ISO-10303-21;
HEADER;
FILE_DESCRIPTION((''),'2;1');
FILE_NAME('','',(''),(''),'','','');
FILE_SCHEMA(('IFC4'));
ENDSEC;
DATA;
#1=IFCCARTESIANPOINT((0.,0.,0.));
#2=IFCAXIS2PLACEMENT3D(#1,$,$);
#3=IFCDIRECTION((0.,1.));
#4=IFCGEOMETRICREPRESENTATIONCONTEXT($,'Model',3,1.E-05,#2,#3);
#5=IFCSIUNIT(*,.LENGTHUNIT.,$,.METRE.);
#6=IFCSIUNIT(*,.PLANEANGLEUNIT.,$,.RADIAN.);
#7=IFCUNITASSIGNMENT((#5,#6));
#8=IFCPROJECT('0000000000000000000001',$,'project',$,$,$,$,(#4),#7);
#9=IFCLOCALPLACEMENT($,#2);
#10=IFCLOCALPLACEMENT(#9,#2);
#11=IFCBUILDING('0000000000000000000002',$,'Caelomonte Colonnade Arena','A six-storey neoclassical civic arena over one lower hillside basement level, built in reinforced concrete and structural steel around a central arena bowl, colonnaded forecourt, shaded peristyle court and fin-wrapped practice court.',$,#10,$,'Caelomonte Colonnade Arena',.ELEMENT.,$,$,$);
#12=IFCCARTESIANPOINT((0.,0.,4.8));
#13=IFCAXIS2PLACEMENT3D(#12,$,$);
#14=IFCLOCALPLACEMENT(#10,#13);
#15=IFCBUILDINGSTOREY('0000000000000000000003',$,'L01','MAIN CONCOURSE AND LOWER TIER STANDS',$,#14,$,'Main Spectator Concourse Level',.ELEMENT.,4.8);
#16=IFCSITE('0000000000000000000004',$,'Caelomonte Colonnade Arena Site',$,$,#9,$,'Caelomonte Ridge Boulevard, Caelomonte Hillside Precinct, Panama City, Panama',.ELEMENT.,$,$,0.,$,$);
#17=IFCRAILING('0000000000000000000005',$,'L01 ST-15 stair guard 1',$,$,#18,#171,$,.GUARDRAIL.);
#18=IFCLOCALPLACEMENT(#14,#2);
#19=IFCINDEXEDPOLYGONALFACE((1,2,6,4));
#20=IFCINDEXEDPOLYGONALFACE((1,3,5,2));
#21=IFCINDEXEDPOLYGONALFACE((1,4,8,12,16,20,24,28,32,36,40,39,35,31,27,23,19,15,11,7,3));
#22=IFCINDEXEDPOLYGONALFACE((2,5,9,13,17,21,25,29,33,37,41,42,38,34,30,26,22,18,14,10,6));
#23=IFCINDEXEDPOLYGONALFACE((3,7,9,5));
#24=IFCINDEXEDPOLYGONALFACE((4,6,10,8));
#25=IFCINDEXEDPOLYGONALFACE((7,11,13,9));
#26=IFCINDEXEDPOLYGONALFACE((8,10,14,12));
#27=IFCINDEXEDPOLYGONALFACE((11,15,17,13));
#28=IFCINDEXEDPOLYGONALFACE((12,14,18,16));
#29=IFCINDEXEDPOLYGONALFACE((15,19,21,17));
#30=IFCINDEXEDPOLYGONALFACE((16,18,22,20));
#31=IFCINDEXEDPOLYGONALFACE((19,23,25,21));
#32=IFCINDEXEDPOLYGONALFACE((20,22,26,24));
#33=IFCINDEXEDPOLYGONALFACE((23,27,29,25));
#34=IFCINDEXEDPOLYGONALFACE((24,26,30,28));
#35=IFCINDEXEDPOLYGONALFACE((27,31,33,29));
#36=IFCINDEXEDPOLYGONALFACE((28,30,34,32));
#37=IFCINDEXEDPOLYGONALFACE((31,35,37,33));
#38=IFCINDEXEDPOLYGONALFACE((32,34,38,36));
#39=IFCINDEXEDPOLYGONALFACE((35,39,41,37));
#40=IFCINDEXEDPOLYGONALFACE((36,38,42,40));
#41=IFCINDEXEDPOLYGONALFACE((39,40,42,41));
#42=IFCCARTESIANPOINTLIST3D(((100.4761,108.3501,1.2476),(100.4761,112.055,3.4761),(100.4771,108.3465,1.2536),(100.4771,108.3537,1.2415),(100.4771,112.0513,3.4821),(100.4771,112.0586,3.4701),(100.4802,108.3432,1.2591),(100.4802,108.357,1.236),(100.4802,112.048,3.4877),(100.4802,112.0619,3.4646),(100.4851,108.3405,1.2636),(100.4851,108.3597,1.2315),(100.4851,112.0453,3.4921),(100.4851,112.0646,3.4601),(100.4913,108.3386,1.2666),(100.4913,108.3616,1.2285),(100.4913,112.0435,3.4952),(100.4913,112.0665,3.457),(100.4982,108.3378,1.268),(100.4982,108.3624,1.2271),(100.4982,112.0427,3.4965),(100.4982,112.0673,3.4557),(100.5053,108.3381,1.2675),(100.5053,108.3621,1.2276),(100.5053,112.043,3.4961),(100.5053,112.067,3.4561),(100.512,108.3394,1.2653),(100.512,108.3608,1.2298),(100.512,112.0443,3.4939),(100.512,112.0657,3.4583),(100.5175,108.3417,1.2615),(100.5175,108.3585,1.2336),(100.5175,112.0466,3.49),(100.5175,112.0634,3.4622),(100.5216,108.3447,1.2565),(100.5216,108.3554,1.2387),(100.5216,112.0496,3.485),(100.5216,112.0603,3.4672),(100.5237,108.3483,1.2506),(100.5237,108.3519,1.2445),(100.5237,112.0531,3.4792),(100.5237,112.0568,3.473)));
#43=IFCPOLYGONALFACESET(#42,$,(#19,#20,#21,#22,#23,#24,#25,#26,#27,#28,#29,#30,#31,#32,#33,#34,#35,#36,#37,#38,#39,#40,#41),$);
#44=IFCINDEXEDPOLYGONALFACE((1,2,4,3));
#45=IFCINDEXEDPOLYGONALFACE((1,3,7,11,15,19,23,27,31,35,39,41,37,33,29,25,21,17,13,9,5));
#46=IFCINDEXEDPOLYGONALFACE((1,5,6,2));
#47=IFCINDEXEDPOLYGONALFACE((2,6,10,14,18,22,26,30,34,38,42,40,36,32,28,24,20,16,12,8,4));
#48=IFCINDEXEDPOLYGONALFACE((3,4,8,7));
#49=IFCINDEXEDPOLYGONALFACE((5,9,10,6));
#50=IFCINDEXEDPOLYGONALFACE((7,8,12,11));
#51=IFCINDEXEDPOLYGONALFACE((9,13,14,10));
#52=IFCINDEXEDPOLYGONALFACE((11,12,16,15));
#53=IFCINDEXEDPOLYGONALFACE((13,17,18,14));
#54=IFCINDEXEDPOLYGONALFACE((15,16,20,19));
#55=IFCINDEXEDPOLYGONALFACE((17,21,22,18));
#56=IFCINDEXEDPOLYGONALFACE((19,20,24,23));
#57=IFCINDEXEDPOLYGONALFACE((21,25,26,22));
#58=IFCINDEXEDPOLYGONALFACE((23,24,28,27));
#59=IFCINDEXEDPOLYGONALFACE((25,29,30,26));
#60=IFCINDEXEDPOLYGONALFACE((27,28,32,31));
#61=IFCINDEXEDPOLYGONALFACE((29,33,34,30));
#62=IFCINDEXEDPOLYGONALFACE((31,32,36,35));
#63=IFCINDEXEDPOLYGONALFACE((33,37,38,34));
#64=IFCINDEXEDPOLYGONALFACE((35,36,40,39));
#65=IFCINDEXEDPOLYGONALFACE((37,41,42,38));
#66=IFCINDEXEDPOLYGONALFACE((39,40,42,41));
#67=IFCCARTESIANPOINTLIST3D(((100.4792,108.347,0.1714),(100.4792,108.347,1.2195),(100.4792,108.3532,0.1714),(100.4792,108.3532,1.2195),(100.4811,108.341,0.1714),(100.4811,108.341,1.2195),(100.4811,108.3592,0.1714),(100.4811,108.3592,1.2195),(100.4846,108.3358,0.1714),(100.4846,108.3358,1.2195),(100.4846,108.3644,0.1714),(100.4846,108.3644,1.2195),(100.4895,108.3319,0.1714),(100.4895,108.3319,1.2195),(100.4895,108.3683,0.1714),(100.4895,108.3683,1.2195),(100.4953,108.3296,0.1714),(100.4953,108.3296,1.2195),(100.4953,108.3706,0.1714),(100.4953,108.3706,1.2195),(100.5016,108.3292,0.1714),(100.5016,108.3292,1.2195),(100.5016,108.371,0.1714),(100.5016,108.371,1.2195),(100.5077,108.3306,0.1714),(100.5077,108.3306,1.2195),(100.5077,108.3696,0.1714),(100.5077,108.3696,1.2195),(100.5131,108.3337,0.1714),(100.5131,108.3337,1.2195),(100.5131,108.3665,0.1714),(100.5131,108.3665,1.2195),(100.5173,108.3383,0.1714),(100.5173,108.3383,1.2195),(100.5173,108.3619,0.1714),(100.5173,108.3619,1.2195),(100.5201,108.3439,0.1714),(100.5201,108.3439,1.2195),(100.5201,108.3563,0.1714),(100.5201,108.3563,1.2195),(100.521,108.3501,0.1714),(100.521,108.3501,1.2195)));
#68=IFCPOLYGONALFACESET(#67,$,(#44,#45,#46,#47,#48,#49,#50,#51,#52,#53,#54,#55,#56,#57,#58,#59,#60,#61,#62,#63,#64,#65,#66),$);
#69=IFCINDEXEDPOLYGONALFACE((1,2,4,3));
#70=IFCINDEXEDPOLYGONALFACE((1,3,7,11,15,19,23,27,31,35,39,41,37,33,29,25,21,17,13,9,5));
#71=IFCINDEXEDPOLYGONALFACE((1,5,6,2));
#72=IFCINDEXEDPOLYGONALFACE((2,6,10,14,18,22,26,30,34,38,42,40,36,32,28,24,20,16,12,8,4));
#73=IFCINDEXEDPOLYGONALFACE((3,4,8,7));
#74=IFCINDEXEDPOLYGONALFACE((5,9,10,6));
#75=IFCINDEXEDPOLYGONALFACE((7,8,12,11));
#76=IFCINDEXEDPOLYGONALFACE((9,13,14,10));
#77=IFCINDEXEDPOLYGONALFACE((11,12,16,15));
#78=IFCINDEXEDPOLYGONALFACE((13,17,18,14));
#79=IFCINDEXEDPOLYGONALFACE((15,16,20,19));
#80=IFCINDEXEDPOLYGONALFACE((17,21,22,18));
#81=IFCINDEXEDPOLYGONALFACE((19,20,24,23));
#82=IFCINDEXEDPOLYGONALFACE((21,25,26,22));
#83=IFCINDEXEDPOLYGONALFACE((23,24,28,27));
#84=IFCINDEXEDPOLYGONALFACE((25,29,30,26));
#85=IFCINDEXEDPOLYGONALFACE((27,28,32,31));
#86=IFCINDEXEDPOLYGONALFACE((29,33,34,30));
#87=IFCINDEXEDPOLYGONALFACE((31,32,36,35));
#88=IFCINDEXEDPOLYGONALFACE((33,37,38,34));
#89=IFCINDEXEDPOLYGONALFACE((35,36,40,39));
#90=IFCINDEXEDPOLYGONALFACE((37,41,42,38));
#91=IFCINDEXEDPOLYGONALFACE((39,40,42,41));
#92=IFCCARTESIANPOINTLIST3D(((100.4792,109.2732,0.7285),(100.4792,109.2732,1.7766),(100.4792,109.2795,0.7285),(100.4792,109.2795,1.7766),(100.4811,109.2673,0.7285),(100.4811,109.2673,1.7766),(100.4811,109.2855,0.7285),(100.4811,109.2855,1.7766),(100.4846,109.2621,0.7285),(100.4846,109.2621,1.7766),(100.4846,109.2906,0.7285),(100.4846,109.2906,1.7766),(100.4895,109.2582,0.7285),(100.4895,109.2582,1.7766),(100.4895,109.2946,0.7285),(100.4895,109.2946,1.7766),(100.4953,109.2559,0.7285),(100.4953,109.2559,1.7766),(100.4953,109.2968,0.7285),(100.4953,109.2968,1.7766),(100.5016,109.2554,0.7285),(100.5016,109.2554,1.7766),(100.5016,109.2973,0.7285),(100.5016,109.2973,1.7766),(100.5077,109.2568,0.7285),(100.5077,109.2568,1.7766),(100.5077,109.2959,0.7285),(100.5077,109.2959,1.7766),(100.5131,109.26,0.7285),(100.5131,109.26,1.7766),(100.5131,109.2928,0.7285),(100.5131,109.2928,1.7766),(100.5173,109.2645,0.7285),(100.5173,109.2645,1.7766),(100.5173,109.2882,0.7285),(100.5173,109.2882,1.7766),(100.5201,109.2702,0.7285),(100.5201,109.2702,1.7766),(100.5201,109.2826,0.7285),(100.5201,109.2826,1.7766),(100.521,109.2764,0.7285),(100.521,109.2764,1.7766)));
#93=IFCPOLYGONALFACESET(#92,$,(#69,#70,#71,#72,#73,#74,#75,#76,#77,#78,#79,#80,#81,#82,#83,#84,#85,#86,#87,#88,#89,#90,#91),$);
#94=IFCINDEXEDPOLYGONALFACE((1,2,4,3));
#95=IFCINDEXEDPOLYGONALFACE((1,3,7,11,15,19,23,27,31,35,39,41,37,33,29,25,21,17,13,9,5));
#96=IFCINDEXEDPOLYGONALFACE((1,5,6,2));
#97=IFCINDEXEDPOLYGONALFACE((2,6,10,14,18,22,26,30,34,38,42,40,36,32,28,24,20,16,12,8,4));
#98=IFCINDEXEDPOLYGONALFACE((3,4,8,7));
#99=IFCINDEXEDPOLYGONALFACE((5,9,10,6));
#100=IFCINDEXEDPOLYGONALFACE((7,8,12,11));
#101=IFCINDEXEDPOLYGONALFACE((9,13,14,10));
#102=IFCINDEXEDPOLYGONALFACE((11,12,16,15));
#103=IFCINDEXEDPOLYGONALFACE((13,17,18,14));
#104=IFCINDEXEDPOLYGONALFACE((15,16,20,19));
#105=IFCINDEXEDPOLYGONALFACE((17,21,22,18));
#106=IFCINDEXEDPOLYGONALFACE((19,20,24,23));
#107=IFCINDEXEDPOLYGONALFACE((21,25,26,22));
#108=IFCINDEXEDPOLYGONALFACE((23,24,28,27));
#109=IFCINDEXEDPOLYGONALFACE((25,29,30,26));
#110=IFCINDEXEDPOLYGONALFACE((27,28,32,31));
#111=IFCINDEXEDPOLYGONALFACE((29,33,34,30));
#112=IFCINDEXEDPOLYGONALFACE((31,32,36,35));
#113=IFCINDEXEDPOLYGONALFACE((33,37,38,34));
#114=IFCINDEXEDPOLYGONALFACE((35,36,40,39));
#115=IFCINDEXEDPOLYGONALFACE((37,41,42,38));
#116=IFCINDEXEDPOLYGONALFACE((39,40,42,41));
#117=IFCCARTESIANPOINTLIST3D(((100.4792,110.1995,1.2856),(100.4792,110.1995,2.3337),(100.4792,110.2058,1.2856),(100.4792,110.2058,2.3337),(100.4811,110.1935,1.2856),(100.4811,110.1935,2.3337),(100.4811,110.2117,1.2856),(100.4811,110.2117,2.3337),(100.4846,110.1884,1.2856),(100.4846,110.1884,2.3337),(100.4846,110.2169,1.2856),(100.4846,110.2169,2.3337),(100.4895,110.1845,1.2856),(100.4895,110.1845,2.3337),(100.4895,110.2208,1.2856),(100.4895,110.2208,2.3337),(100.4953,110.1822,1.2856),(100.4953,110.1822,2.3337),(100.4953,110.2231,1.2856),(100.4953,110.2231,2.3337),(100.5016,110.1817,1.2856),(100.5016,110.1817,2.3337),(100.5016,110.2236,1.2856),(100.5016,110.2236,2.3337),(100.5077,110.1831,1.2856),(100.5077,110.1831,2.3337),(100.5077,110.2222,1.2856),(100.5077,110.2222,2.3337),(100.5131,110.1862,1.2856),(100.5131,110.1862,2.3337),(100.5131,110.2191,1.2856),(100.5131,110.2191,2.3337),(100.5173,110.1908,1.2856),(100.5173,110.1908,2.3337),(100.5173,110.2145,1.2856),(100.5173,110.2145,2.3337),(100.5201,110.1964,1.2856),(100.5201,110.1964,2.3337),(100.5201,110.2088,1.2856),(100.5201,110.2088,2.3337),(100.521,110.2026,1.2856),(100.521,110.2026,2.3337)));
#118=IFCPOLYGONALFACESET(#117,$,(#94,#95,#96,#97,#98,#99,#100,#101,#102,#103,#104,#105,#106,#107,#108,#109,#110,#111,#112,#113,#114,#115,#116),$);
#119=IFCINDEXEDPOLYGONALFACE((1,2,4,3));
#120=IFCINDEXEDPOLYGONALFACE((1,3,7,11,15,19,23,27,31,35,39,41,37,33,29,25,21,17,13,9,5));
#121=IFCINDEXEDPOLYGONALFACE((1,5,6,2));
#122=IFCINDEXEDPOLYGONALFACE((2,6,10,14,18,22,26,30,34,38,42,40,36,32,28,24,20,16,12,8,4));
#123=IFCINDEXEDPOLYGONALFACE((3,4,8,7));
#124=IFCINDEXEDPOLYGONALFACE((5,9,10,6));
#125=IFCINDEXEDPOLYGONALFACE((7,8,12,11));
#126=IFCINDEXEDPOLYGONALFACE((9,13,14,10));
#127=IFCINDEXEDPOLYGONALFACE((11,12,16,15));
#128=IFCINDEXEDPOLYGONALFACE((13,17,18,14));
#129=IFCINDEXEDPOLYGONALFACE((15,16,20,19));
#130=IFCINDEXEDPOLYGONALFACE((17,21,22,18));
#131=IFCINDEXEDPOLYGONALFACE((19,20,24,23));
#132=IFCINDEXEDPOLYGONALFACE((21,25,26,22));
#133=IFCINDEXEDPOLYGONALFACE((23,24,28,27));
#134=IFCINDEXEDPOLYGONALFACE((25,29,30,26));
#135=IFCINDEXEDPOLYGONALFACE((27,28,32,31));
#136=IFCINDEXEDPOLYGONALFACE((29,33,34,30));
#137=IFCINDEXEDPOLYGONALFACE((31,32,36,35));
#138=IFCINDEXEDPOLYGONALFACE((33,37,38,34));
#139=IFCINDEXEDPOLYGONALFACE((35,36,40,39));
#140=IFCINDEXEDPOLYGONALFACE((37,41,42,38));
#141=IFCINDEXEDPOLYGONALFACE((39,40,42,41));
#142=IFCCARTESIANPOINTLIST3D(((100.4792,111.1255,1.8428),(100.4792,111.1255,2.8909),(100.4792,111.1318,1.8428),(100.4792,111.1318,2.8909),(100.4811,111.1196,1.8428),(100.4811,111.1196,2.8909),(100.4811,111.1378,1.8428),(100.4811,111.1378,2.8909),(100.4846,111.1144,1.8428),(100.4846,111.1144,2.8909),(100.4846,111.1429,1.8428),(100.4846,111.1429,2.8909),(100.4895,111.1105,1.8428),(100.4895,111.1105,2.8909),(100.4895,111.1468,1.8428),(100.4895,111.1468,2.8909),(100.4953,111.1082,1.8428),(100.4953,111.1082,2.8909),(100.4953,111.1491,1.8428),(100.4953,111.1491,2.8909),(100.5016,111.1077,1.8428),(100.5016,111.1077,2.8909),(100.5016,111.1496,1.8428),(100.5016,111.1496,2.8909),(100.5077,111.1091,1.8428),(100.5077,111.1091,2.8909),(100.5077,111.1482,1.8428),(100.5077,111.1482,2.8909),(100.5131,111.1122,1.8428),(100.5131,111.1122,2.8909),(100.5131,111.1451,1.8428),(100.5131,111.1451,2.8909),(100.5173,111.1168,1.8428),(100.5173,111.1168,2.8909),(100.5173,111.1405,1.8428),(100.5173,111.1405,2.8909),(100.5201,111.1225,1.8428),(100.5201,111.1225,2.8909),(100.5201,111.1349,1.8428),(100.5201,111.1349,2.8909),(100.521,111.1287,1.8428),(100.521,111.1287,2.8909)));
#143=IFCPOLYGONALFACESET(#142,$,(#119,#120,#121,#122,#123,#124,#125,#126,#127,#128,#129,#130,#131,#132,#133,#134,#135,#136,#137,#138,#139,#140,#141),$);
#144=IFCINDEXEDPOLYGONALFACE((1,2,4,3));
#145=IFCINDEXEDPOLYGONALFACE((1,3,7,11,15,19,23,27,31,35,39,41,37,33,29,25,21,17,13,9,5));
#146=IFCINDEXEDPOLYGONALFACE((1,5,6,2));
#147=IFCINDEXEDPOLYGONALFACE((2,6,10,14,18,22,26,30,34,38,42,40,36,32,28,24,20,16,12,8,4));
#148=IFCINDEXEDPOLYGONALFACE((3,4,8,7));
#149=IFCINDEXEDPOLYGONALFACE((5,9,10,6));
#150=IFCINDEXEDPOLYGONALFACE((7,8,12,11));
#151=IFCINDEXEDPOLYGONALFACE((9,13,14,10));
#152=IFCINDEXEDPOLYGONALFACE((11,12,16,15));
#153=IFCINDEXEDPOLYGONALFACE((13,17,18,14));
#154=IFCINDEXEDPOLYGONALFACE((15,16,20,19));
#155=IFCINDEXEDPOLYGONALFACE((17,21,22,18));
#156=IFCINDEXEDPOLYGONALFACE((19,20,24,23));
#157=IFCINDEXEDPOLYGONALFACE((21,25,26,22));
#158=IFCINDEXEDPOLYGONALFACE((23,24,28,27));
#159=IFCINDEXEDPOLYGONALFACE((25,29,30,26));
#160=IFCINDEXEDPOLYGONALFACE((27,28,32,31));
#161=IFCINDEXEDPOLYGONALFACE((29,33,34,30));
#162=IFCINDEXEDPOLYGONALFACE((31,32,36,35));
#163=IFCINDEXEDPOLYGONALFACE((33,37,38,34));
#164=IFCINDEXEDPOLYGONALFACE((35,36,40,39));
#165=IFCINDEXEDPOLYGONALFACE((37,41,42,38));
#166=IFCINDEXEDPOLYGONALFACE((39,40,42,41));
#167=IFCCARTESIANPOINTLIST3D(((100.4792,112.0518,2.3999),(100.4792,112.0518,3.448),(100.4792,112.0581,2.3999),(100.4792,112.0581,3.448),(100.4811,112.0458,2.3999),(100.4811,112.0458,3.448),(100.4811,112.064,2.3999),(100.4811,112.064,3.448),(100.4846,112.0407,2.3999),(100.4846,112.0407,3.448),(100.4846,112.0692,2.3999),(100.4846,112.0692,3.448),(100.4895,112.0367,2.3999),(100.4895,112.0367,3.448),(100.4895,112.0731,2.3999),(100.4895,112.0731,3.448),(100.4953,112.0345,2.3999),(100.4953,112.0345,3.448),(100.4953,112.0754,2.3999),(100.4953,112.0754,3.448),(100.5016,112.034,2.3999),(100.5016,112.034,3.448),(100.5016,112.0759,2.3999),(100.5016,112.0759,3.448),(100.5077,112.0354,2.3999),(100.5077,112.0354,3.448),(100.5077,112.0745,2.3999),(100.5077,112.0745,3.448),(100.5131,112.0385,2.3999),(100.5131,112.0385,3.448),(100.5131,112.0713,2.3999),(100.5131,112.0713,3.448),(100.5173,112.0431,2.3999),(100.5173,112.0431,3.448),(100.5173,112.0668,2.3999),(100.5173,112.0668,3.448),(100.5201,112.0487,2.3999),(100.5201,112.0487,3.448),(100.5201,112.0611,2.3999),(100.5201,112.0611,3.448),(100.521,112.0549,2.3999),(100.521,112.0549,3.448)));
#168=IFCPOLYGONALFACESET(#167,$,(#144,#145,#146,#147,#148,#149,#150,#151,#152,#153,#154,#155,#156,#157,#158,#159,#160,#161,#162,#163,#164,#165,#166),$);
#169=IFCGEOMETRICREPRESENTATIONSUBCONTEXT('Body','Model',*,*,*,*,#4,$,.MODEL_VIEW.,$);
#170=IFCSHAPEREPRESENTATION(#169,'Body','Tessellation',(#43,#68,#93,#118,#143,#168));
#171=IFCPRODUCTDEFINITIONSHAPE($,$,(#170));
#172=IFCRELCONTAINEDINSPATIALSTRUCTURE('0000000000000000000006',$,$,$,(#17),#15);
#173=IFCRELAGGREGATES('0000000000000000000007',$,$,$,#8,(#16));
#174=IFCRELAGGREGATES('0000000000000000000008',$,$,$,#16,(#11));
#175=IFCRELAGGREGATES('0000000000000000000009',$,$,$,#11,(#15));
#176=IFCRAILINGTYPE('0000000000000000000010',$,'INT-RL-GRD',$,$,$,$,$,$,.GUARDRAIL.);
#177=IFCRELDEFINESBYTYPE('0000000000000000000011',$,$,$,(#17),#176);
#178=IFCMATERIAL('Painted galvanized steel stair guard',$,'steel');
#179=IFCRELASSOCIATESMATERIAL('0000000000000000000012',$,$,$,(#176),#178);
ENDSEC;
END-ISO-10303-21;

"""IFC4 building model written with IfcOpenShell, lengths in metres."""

from ifc_helpers import new_model, si_unit, direction, frame, origin, origin_2d, place, context, subcontext, project, spatial, circle, extrude, material, type_object, element, save


model = new_model("IFC4")

# Units and contexts
model_context = context("Model", 3, precision=1e-05, world=origin(), true_north=direction((0.0, 1.0)))
body_context = subcontext(model_context, "Body", "Model", "MODEL_VIEW")
ifc_project = project(units=[si_unit("LENGTHUNIT", "METRE"), si_unit("PLANEANGLEUNIT", "RADIAN")], contexts=[model_context])

# Site, building, storey
site_placement = place(None, origin())
site = spatial("IfcSite", under=ifc_project, at=site_placement, Name="Caelomonte Colonnade Arena Site", LongName="Caelomonte Ridge Boulevard, Caelomonte Hillside Precinct, Panama City, Panama", CompositionType="ELEMENT", RefElevation=0.0)
building_placement = place(site_placement, origin())
building = spatial("IfcBuilding", under=site, at=building_placement, Name="Caelomonte Colonnade Arena", Description="A six-storey neoclassical civic arena over one lower hillside basement level, built in reinforced concrete and structural steel around a central arena bowl, colonnaded forecourt, shaded peristyle court and fin-wrapped practice court.", LongName="Caelomonte Colonnade Arena", CompositionType="ELEMENT")
storey_placement = place(building_placement, frame((0.0, 0.0, 4.8)))
storey = spatial("IfcBuildingStorey", under=building, at=storey_placement, Name="L01", Description="MAIN CONCOURSE AND LOWER TIER STANDS", LongName="Main Spectator Concourse Level", CompositionType="ELEMENT", Elevation=4.8)

# Railing
ifc_material_1 = material(Name="Painted galvanized steel stair guard", Category="steel")
railing_type_1 = type_object("IfcRailingType", Name="INT-RL-GRD", PredefinedType="GUARDRAIL", material=ifc_material_1)
railing_1_placement = place(storey_placement, frame((100.5, 108.3501, 0.1714)))
element("IfcRailing", 1, at=railing_1_placement, inside=storey, type_object=railing_type_1, Name="L01 ST-15 stair guard 1", PredefinedType="GUARDRAIL", context=body_context, shape_type="SweptSolid", body=[
    extrude(circle(Radius=0.0239, at=origin_2d()), frame((0.0, 0.0, 1.0762), z_axis=(0.0, 0.856919, 0.51545), x_axis=(-1.0, 0.0, 0.0)), (0.0, 0.0, 1.0), 4.3235),
    extrude(circle(Radius=0.021, at=origin_2d()), origin(), (0.0, 0.0, 1.0), 1.0481),
    extrude(circle(Radius=0.021, at=origin_2d()), frame((0.0, 0.9263, 0.5571)), (0.0, 0.0, 1.0), 1.0481),
    extrude(circle(Radius=0.021, at=origin_2d()), frame((0.0, 1.8525, 1.1143)), (0.0, 0.0, 1.0), 1.0481),
    extrude(circle(Radius=0.021, at=origin_2d()), frame((0.0, 2.7786, 1.6714)), (0.0, 0.0, 1.0), 1.0481),
    extrude(circle(Radius=0.021, at=origin_2d()), frame((0.0, 3.7048, 2.2285)), (0.0, 0.0, 1.0), 1.0481),
])

save(model, "model.ifc")
